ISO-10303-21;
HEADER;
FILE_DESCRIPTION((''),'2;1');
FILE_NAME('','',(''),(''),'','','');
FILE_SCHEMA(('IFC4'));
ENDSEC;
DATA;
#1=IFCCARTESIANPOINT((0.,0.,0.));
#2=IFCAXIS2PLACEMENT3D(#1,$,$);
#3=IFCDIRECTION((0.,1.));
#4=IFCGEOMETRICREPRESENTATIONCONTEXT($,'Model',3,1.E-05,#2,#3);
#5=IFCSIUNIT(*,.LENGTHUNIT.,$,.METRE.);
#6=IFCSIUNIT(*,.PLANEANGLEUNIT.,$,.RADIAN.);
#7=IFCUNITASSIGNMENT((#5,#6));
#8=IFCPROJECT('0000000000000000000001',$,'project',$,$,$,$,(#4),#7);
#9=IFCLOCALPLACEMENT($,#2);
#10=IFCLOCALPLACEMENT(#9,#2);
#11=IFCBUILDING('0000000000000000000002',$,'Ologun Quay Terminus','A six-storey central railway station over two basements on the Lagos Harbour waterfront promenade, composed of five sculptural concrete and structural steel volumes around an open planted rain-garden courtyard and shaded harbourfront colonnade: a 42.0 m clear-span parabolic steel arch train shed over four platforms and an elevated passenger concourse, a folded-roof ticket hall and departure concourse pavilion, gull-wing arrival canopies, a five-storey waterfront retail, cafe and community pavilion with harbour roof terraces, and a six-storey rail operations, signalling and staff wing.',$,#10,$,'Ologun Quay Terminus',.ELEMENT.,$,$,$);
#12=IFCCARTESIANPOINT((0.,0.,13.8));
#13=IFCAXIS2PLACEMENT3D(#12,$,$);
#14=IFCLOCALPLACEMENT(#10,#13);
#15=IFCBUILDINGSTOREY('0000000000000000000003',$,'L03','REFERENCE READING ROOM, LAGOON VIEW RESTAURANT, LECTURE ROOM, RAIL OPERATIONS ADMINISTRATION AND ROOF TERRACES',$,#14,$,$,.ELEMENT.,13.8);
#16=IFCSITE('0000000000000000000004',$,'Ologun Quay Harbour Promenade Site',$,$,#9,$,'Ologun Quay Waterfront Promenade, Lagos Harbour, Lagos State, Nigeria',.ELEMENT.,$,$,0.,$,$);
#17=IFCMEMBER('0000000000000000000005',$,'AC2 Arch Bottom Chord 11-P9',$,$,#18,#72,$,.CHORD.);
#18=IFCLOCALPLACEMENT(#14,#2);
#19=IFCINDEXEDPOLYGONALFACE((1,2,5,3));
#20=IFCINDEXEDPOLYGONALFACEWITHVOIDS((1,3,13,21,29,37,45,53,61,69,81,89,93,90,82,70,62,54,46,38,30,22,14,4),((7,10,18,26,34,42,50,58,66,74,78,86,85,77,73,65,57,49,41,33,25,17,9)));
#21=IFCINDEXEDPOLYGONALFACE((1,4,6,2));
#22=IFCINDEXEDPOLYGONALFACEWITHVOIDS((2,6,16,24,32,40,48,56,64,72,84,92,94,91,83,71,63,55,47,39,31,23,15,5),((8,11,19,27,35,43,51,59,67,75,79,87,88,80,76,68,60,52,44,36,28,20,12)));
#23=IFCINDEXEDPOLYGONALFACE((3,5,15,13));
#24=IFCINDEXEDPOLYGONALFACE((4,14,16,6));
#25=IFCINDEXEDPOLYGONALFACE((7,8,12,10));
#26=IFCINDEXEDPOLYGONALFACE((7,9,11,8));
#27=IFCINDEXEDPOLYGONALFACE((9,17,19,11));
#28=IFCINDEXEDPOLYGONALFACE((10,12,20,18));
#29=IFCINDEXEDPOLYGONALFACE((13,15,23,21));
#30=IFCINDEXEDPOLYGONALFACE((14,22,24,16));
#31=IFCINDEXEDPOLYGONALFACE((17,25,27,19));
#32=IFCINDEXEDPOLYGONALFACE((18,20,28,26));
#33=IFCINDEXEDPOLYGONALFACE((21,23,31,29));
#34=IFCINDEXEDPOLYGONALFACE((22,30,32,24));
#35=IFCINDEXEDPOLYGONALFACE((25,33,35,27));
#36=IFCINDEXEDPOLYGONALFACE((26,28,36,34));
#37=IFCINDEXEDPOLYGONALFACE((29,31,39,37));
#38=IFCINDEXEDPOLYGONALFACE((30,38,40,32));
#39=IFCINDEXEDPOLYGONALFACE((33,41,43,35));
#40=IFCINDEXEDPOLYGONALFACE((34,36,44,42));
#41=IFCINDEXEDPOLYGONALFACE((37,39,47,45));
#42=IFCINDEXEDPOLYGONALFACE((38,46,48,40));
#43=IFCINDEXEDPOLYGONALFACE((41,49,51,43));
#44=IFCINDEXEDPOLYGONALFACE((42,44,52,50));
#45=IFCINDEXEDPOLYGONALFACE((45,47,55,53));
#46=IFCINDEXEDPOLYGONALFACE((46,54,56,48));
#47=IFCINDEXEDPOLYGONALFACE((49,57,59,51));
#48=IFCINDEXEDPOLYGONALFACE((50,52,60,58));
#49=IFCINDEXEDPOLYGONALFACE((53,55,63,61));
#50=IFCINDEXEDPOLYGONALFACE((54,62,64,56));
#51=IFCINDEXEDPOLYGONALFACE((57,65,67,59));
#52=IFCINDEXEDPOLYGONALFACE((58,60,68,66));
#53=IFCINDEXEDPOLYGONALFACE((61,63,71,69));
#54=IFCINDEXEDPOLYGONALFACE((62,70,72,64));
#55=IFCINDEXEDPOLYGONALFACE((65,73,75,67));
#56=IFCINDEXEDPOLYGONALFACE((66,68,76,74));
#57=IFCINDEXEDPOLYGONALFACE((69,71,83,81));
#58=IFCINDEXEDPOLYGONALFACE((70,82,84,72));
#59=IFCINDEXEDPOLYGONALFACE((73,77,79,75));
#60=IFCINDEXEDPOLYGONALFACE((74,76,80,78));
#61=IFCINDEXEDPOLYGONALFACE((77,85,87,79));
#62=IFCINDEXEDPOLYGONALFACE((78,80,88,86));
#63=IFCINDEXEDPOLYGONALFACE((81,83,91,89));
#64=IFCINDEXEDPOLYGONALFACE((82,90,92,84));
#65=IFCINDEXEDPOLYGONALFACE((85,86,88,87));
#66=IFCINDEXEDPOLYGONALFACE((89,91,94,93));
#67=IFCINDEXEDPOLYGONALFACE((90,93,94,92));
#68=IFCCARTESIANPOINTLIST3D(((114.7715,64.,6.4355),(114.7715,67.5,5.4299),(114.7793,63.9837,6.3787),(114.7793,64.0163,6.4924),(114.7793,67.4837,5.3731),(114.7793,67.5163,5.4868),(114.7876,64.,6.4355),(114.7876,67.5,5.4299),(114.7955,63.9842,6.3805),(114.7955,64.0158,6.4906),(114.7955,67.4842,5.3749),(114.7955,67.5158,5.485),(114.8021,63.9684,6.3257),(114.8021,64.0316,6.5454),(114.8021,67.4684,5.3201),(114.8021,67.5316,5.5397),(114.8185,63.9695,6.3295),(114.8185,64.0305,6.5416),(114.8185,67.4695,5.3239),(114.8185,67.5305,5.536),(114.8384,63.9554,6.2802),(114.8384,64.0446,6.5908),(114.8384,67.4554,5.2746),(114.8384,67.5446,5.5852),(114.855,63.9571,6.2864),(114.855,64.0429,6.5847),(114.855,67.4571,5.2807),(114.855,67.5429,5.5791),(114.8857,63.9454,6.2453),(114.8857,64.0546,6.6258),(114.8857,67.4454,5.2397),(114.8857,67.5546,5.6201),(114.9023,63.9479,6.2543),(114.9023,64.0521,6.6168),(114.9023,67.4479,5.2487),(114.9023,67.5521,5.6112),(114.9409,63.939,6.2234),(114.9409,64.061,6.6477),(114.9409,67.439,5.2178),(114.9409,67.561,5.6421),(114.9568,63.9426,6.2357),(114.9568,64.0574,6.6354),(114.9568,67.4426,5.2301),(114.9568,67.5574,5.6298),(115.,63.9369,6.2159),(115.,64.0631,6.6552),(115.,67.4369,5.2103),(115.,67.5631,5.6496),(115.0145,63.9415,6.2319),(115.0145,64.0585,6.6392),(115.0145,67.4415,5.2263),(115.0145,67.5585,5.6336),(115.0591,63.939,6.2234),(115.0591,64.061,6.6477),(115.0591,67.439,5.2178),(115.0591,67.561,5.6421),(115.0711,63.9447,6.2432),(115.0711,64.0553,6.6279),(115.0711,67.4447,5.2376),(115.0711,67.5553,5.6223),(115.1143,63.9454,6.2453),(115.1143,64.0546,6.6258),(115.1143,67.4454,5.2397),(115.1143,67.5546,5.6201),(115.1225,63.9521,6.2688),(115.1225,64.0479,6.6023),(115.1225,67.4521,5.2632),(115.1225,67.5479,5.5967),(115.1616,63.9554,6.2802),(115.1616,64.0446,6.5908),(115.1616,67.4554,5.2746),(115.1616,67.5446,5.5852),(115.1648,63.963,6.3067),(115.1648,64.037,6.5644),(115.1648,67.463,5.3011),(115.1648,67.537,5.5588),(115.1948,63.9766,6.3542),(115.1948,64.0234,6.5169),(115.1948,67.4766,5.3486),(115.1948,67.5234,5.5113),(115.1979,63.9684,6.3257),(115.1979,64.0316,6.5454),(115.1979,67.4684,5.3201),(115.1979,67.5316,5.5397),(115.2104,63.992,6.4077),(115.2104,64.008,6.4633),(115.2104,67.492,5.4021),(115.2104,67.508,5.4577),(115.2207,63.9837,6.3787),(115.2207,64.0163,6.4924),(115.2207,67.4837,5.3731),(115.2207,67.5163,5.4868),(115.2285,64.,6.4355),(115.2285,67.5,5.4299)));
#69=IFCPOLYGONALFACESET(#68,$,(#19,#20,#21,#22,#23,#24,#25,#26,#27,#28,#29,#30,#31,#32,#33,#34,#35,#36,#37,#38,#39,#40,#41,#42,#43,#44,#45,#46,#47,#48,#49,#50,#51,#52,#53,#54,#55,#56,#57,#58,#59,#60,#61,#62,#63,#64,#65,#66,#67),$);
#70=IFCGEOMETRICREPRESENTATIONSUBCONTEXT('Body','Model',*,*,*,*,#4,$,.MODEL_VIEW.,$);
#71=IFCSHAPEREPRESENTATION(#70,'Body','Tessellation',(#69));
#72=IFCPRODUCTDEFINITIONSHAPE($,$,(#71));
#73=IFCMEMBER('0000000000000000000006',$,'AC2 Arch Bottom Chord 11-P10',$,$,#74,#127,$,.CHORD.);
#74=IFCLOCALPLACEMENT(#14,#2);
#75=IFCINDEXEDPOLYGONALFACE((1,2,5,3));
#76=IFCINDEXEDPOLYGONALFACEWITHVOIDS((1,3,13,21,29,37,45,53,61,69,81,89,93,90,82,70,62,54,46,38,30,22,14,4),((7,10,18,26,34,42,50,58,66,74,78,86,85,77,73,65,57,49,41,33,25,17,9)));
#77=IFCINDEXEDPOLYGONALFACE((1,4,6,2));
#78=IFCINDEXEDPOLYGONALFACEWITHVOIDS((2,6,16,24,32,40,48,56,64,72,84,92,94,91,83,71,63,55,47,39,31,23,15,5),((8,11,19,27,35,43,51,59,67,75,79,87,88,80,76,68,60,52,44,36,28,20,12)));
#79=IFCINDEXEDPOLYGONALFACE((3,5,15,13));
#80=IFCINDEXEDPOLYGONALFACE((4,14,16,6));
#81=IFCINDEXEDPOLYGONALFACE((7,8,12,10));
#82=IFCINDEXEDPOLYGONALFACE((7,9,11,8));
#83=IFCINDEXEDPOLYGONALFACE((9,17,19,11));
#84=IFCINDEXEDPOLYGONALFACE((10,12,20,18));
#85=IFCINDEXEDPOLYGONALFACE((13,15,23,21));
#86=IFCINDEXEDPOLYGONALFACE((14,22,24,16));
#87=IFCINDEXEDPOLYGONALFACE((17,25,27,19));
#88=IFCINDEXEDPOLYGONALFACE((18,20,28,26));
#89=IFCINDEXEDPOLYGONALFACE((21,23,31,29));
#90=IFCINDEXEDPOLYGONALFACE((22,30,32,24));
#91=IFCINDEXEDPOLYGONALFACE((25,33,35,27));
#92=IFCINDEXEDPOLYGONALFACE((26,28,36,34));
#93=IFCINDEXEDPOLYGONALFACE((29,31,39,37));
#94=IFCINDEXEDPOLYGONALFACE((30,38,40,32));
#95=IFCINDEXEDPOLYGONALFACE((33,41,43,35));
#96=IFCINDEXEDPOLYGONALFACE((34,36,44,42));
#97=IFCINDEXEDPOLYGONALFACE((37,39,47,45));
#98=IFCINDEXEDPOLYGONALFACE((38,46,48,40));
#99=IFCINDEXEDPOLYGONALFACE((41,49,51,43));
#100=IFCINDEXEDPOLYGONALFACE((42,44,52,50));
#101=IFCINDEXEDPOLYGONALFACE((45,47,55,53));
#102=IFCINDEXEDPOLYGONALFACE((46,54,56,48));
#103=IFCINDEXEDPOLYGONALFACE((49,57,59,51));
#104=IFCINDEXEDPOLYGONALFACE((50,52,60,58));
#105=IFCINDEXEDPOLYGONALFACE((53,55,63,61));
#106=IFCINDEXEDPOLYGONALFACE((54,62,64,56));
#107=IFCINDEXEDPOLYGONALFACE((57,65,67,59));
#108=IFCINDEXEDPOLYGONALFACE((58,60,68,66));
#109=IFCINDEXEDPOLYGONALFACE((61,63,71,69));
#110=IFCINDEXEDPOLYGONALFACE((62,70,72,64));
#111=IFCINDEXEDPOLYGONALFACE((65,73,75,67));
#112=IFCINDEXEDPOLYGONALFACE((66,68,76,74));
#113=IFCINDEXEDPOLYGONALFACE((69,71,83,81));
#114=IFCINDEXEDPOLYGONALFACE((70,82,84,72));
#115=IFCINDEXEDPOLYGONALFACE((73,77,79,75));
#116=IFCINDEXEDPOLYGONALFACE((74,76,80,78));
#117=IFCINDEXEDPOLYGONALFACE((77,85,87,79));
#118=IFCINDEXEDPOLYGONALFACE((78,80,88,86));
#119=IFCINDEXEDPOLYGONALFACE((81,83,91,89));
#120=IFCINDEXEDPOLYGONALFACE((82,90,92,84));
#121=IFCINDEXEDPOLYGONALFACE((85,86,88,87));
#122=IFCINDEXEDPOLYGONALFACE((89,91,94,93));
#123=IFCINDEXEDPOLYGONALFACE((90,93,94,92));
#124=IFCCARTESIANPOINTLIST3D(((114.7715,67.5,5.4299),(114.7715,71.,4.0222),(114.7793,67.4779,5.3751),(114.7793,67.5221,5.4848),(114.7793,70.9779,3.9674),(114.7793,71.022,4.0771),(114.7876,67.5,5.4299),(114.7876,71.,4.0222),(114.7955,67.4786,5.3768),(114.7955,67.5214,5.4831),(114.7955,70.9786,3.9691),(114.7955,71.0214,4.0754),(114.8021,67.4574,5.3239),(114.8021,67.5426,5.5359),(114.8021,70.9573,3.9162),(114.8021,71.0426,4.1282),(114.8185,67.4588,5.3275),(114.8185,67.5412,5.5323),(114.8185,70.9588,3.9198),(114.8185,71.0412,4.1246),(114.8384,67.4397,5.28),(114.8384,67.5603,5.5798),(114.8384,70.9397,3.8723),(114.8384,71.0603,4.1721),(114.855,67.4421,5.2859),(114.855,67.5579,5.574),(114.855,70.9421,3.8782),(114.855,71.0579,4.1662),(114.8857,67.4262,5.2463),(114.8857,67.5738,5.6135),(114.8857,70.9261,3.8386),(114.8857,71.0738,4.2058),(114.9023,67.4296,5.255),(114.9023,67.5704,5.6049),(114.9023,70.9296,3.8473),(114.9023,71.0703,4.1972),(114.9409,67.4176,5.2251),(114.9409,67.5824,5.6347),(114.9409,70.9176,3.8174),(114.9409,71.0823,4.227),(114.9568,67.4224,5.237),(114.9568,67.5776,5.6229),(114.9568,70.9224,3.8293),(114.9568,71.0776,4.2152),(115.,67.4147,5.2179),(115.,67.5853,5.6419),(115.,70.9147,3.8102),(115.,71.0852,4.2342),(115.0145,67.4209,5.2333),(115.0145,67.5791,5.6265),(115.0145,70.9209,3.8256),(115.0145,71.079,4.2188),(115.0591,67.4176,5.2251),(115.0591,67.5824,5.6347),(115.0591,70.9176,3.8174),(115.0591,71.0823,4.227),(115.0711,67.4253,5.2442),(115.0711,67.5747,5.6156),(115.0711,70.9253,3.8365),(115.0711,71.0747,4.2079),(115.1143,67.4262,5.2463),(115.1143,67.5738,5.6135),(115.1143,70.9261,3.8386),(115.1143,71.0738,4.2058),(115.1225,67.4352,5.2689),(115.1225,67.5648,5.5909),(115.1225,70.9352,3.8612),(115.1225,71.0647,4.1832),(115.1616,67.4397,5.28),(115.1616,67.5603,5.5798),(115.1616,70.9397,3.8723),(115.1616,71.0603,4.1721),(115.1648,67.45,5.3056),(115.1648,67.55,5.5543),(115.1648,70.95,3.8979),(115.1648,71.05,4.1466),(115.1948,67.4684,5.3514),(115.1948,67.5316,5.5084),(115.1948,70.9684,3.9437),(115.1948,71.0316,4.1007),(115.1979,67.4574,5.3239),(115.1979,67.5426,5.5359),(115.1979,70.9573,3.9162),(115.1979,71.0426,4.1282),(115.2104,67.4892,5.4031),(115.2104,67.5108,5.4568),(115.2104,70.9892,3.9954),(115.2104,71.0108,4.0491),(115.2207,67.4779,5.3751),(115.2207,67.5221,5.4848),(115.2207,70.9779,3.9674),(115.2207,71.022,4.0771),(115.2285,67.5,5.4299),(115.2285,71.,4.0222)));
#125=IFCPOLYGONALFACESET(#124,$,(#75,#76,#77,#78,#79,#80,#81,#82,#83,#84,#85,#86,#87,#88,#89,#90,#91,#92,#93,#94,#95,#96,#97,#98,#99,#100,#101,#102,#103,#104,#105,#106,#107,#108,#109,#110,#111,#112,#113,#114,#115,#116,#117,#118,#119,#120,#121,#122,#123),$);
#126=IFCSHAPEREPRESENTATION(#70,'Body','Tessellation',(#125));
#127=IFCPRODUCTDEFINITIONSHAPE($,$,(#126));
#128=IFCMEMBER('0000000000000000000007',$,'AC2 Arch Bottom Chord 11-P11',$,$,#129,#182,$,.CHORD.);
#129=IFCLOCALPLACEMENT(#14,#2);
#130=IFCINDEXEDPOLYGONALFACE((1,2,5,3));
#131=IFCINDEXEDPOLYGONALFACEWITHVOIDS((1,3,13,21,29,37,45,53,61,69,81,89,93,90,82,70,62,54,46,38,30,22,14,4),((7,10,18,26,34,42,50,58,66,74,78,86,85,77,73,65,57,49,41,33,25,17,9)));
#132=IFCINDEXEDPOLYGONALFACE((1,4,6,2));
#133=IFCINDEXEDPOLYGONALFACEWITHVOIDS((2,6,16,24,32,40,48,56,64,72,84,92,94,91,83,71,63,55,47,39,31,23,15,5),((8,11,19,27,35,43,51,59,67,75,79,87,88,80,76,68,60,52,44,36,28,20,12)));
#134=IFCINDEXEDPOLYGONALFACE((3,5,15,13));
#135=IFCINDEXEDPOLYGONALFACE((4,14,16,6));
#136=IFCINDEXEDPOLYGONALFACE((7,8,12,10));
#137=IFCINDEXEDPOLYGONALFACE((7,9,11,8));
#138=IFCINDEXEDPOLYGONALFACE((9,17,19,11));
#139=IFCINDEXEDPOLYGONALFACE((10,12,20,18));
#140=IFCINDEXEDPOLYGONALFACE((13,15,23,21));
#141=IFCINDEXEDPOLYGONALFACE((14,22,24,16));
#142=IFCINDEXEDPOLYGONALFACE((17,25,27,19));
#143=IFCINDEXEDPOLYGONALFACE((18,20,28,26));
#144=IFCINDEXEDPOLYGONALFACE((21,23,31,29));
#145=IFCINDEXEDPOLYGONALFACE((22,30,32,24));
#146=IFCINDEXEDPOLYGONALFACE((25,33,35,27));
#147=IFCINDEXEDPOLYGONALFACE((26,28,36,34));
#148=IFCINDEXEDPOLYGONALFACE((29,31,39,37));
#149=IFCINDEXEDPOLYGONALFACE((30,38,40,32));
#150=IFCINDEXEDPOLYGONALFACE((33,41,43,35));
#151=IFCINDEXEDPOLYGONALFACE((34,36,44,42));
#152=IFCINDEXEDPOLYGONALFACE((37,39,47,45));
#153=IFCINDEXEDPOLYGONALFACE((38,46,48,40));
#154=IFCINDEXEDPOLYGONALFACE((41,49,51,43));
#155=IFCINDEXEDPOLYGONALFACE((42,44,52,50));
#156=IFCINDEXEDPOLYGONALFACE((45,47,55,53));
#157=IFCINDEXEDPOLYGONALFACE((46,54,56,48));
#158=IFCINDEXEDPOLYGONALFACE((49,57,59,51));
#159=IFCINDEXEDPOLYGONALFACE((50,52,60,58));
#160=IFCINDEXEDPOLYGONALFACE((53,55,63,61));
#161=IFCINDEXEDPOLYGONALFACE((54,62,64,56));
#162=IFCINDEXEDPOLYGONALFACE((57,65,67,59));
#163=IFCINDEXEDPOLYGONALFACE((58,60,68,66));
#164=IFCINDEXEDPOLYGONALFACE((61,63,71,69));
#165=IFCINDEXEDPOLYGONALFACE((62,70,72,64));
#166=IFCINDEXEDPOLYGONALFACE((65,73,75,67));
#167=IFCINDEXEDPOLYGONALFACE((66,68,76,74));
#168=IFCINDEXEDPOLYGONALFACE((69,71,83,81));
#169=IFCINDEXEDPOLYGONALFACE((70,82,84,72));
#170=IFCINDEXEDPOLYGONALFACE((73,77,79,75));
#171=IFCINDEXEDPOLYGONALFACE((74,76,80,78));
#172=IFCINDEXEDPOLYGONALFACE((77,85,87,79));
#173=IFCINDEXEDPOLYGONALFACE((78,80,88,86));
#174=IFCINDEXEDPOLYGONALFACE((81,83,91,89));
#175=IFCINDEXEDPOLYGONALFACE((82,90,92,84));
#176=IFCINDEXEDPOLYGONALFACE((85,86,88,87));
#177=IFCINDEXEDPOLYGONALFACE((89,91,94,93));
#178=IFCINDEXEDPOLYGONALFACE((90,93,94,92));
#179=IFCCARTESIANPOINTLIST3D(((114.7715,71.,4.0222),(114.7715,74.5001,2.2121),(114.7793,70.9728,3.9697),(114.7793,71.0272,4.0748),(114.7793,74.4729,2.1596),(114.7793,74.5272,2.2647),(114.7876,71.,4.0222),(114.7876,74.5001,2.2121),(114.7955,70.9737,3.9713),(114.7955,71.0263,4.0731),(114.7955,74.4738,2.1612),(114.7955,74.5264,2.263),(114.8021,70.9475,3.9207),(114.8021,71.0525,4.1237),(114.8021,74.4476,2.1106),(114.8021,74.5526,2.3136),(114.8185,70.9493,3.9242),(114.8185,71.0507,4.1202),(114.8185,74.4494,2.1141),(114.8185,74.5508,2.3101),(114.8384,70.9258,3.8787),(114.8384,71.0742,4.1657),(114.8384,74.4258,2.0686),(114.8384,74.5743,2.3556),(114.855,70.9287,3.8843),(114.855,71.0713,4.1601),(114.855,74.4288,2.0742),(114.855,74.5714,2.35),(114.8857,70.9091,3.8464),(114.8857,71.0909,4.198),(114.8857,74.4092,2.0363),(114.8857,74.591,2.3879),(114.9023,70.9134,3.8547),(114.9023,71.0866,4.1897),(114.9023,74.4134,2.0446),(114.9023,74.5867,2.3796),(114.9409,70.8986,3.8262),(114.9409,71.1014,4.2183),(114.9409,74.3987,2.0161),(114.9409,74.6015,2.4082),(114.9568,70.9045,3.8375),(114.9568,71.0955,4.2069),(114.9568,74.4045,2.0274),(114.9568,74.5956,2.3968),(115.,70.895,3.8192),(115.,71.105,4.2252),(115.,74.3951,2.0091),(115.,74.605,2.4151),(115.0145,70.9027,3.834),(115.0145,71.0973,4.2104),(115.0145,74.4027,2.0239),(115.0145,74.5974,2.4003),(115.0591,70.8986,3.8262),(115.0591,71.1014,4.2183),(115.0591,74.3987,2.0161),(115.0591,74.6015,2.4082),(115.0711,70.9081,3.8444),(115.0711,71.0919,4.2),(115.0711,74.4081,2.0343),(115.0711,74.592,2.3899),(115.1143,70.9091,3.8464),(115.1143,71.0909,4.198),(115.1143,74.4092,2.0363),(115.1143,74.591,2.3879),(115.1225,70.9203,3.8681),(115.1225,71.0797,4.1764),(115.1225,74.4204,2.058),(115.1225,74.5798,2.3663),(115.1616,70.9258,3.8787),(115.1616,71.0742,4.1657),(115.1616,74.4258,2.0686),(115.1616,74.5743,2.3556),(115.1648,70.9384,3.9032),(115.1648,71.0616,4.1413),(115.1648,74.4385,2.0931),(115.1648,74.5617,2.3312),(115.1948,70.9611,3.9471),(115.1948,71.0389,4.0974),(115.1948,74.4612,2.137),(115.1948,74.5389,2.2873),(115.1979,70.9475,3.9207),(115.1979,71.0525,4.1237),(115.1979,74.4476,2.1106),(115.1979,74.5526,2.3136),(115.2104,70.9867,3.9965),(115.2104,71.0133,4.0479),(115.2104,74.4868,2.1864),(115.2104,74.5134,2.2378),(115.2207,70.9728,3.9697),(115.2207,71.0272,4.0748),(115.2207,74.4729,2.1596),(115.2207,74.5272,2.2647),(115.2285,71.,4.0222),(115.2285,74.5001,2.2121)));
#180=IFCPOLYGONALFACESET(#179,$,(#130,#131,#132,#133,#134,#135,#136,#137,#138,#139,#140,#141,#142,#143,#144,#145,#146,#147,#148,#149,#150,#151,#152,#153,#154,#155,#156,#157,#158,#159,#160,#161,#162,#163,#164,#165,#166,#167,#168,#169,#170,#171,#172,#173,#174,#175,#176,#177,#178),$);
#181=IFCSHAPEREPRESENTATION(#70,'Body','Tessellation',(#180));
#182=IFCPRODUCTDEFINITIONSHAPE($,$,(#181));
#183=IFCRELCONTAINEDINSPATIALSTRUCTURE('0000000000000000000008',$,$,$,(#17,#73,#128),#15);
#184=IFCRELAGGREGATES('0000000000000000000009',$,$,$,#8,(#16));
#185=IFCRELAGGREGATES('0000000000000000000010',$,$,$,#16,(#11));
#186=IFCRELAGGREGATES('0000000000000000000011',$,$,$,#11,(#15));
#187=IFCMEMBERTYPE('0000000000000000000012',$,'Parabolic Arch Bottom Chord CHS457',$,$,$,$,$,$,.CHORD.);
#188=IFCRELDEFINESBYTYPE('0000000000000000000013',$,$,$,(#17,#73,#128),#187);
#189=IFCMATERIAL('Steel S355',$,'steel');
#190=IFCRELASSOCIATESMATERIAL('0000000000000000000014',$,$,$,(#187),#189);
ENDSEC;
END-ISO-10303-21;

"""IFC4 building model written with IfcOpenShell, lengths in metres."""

from ifc_helpers import new_model, si_unit, direction, frame, origin, origin_2d, place, context, subcontext, project, spatial, hollow_circle, extrude, material, material_profile, profile_set, type_object, element, save


model = new_model("IFC4")

# Units and contexts
model_context = context("Model", 3, precision=1e-05, world=origin(), true_north=direction((0.0, 1.0)))
body_context = subcontext(model_context, "Body", "Model", "MODEL_VIEW")
ifc_project = project(units=[si_unit("LENGTHUNIT", "METRE"), si_unit("PLANEANGLEUNIT", "RADIAN")], contexts=[model_context])

# Site, building, storey
site_placement = place(None, origin())
site = spatial("IfcSite", under=ifc_project, at=site_placement, Name="Ologun Quay Harbour Promenade Site", LongName="Ologun Quay Waterfront Promenade, Lagos Harbour, Lagos State, Nigeria", CompositionType="ELEMENT", RefElevation=0.0)
building_placement = place(site_placement, origin())
building = spatial("IfcBuilding", under=site, at=building_placement, Name="Ologun Quay Terminus", Description="A six-storey central railway station over two basements on the Lagos Harbour waterfront promenade, composed of five sculptural concrete and structural steel volumes around an open planted rain-garden courtyard and shaded harbourfront colonnade: a 42.0 m clear-span parabolic steel arch train shed over four platforms and an elevated passenger concourse, a folded-roof ticket hall and departure concourse pavilion, gull-wing arrival canopies, a five-storey waterfront retail, cafe and community pavilion with harbour roof terraces, and a six-storey rail operations, signalling and staff wing.", LongName="Ologun Quay Terminus", CompositionType="ELEMENT")
storey_placement = place(building_placement, frame((0.0, 0.0, 13.8)))
storey = spatial("IfcBuildingStorey", under=building, at=storey_placement, Name="L03", Description="REFERENCE READING ROOM, LAGOON VIEW RESTAURANT, LECTURE ROOM, RAIL OPERATIONS ADMINISTRATION AND ROOF TERRACES", CompositionType="ELEMENT", Elevation=13.8)

# Members
ifc_material_1 = material(Name="Steel S355", Category="steel")
ifc_material_profile_1 = material_profile(ifc_material_1, hollow_circle(Radius=0.2285, WallThickness=0.0161, at=origin_2d()), Name="CHS 457x16")
ifc_profile_set_1 = profile_set([ifc_material_profile_1], Name="Steel S355")
member_type_1 = type_object("IfcMemberType", Name="Parabolic Arch Bottom Chord CHS457", PredefinedType="CHORD", material=ifc_profile_set_1)
member_1_placement = place(storey_placement, frame((115.0, 64.0, 6.4355), z_axis=(0.0, 0.961116, -0.276146), x_axis=(-1.0, 0.0, 0.0)))
element("IfcMember", 1, at=member_1_placement, inside=storey, type_object=member_type_1, Name="AC2 Arch Bottom Chord 11-P9", PredefinedType="CHORD", context=body_context, shape_type="SweptSolid", body=[
    extrude(hollow_circle(Radius=0.2285, WallThickness=0.0161, at=origin_2d()), origin(), (0.0, 0.0, 1.0), 3.6416),
])
member_2_placement = place(storey_placement, frame((115.0, 67.5, 5.4299), z_axis=(0.0, 0.92777, -0.373153), x_axis=(-1.0, 0.0, 0.0)))
element("IfcMember", 2, at=member_2_placement, inside=storey, type_object=member_type_1, Name="AC2 Arch Bottom Chord 11-P10", PredefinedType="CHORD", context=body_context, shape_type="SweptSolid", body=[
    extrude(hollow_circle(Radius=0.2285, WallThickness=0.0161, at=origin_2d()), origin(), (0.0, 0.0, 1.0), 3.7725),
])
member_3_placement = place(storey_placement, frame((115.0, 71.0, 4.0222), z_axis=(0.0, 0.888247, -0.459366), x_axis=(-1.0, 0.0, 0.0)))
element("IfcMember", 3, at=member_3_placement, inside=storey, type_object=member_type_1, Name="AC2 Arch Bottom Chord 11-P11", PredefinedType="CHORD", context=body_context, shape_type="SweptSolid", body=[
    extrude(hollow_circle(Radius=0.2285, WallThickness=0.0161, at=origin_2d()), origin(), (0.0, 0.0, 1.0), 3.9404),
])

save(model, "model.ifc")
